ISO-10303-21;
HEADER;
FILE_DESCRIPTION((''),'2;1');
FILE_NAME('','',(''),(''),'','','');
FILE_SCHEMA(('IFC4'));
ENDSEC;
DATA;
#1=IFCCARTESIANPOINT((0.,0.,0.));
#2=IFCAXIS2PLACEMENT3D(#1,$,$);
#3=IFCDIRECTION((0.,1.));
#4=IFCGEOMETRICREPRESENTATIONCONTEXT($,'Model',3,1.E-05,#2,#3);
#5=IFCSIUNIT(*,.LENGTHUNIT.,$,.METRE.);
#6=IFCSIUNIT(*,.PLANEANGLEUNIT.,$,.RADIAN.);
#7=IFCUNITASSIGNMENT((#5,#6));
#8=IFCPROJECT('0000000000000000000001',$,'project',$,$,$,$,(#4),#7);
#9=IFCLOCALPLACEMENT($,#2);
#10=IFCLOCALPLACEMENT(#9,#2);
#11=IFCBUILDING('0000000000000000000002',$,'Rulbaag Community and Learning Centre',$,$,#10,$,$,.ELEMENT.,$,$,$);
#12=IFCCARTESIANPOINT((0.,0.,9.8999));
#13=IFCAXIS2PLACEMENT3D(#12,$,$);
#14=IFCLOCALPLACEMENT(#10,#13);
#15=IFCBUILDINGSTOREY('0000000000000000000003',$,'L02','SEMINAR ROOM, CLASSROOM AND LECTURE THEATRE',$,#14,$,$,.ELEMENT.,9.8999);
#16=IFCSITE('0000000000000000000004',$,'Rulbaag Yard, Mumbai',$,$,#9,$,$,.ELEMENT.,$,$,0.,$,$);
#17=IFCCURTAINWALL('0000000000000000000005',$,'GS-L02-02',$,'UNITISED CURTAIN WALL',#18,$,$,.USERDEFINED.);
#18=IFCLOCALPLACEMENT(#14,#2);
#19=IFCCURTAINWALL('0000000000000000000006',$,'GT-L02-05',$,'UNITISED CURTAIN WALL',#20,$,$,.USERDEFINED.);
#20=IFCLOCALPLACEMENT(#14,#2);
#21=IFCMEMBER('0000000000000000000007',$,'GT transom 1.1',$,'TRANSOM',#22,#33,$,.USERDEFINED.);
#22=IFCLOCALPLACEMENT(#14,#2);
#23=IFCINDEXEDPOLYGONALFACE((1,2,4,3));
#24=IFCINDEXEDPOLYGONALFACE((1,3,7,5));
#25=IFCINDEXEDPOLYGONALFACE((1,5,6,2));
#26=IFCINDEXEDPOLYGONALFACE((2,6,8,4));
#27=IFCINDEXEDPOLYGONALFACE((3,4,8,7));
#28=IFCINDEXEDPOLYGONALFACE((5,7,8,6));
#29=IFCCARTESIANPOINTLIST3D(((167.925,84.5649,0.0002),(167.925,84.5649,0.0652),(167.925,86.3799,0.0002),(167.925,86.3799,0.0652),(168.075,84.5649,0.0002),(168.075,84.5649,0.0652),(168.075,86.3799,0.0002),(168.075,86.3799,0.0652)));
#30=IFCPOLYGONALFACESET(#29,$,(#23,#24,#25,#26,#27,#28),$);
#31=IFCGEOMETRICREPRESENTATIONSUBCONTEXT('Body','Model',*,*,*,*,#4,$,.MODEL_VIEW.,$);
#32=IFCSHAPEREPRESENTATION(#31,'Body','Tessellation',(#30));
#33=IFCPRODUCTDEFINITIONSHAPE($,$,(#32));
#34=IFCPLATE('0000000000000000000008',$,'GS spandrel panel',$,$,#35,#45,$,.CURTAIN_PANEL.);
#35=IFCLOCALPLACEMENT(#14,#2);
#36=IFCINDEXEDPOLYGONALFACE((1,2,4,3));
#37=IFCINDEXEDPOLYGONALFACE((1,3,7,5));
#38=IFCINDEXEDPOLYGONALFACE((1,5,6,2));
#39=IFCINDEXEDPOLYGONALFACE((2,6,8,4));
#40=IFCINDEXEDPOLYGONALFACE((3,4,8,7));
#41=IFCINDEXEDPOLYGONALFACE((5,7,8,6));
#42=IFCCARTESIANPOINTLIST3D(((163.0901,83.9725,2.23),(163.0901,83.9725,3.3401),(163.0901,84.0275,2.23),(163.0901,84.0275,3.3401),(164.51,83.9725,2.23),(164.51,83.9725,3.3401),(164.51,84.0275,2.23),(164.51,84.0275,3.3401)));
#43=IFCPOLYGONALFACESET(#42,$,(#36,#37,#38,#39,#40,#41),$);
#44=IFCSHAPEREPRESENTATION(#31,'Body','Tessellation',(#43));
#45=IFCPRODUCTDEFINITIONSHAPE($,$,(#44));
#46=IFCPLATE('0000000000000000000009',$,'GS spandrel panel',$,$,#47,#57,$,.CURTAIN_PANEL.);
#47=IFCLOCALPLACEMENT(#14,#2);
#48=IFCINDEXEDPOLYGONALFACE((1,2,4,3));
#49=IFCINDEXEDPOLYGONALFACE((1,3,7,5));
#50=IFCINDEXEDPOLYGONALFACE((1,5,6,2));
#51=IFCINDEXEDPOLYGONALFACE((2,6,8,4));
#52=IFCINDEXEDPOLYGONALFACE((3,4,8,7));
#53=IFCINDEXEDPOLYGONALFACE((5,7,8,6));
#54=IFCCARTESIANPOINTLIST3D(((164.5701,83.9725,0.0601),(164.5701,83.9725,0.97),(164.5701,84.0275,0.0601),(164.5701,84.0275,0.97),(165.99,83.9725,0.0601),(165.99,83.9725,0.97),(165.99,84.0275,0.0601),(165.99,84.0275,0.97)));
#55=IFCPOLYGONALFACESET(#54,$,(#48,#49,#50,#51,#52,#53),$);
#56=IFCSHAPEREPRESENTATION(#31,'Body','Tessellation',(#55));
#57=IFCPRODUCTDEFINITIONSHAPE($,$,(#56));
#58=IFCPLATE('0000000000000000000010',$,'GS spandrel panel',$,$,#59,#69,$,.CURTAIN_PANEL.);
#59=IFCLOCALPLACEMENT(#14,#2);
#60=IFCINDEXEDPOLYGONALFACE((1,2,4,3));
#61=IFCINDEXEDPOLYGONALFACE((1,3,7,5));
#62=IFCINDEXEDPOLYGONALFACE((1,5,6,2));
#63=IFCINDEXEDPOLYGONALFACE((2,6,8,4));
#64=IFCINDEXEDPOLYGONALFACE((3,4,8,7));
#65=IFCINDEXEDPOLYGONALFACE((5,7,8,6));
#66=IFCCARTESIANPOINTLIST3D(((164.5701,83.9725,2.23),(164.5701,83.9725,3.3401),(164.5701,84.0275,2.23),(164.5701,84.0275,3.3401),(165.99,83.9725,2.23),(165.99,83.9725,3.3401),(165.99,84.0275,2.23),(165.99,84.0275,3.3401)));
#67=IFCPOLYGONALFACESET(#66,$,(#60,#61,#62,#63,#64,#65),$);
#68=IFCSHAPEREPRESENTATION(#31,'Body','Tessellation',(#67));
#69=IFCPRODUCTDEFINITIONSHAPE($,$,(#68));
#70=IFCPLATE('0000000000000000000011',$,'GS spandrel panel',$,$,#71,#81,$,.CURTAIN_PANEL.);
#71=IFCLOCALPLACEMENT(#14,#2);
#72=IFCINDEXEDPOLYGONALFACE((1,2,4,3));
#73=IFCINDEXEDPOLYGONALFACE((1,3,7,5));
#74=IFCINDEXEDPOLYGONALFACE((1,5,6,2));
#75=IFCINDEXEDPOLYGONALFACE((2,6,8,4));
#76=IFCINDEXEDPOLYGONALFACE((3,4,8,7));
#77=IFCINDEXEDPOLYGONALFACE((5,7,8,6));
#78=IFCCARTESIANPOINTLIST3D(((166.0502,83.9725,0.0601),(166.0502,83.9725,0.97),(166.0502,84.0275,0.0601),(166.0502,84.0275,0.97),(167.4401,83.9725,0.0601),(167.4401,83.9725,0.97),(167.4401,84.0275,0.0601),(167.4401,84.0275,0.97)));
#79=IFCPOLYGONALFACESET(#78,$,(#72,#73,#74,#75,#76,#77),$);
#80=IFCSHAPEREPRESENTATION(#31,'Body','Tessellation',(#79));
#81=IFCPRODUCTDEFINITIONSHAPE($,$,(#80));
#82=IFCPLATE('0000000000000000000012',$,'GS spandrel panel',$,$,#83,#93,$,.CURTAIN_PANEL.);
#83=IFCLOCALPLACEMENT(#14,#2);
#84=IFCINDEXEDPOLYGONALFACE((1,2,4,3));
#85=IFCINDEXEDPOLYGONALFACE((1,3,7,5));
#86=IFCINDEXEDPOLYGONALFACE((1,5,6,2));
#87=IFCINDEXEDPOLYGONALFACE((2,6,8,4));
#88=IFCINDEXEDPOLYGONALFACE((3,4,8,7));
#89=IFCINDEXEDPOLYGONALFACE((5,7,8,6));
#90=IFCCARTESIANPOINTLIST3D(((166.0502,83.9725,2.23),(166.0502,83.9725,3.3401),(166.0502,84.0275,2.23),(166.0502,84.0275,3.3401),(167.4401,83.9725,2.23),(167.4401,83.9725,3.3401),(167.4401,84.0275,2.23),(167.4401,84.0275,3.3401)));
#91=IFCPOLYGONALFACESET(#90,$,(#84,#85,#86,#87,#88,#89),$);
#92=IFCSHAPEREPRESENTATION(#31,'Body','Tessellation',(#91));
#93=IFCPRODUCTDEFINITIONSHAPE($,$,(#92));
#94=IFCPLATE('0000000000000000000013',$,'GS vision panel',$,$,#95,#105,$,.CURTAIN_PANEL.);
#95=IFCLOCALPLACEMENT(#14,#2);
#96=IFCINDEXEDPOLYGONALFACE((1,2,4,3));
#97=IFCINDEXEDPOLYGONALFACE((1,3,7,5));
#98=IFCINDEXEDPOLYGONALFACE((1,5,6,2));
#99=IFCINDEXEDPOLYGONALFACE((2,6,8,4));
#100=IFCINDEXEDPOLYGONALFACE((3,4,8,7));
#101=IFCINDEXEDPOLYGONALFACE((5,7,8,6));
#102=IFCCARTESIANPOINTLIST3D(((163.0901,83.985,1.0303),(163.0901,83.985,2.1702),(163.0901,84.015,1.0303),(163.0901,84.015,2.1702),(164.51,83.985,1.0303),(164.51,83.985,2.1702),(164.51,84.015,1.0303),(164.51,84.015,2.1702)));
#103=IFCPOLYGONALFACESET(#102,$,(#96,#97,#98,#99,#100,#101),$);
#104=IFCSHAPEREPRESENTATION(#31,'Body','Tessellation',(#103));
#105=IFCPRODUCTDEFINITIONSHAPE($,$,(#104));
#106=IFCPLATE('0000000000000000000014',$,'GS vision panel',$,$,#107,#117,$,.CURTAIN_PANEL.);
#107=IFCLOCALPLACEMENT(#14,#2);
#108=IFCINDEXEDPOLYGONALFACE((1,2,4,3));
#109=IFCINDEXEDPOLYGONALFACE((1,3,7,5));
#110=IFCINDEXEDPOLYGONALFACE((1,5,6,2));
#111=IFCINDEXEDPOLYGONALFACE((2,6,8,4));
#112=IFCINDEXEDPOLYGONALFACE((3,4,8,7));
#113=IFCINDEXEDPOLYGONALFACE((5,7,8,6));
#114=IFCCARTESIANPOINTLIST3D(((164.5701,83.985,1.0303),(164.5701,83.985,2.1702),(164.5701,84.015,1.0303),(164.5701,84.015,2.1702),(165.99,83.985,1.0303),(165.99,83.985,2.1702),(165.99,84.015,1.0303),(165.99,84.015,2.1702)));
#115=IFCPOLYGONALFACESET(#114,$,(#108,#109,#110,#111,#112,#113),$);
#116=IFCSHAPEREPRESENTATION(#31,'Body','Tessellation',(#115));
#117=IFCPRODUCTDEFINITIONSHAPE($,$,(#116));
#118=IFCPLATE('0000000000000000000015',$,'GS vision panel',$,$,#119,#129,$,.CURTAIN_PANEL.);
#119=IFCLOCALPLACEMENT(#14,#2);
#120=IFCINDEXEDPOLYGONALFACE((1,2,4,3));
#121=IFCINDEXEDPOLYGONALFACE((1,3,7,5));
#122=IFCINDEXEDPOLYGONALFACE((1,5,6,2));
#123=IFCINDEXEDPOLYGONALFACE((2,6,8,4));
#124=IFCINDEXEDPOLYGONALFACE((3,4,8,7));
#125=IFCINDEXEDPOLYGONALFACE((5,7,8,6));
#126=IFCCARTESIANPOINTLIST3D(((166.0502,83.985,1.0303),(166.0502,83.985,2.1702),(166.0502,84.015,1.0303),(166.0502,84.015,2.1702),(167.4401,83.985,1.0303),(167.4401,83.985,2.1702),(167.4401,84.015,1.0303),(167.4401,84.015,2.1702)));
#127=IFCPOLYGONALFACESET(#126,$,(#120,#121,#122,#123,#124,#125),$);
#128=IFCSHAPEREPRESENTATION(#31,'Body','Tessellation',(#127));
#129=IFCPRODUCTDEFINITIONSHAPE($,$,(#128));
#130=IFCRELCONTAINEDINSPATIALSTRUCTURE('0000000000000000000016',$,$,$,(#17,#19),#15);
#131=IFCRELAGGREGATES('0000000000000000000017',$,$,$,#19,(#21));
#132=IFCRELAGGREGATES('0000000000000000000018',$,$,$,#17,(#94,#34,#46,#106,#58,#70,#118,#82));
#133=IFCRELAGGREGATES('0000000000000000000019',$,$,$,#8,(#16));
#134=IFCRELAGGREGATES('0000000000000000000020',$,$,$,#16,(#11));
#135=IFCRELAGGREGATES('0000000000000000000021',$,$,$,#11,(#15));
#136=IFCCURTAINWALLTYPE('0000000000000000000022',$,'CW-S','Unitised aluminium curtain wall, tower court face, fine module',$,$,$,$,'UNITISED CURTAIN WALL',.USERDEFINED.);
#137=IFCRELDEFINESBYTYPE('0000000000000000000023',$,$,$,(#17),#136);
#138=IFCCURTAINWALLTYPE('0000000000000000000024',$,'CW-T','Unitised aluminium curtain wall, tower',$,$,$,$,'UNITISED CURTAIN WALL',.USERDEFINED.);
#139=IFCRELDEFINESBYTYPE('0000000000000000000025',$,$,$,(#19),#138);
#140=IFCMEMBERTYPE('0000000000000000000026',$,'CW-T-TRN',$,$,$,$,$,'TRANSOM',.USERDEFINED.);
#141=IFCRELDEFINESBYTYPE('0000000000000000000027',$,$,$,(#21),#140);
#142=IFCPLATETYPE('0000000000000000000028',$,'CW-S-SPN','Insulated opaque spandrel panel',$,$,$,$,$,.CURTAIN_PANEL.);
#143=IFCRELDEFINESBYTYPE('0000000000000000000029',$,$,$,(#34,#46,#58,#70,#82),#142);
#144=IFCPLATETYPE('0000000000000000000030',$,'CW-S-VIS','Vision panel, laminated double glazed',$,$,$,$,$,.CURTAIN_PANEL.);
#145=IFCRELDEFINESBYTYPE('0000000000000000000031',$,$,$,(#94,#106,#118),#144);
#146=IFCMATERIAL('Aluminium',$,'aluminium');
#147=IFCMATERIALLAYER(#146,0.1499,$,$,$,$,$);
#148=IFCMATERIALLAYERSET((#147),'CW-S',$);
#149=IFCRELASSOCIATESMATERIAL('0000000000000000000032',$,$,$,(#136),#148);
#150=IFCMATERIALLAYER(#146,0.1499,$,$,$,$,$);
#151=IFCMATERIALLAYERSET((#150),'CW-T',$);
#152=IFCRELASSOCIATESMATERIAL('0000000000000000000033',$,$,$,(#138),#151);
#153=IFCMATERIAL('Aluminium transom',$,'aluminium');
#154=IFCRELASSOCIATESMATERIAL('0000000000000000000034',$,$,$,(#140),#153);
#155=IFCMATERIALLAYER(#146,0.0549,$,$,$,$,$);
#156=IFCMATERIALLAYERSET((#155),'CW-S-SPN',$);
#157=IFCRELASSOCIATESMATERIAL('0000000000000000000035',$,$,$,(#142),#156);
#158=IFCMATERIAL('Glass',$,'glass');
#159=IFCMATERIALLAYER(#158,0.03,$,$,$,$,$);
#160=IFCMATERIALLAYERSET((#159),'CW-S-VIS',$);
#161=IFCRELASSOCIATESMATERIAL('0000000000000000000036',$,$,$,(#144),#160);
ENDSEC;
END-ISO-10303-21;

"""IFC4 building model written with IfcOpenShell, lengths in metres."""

from ifc_helpers import new_model, si_unit, direction, frame, origin, origin_2d, place, context, subcontext, project, spatial, rectangle, extrude, material, layer, layer_set, material_profile, profile_set, type_object, element, aggregate, save


model = new_model("IFC4")

# Units and contexts
model_context = context("Model", 3, precision=1e-05, world=origin(), true_north=direction((0.0, 1.0)))
body_context = subcontext(model_context, "Body", "Model", "MODEL_VIEW")
ifc_project = project(units=[si_unit("LENGTHUNIT", "METRE"), si_unit("PLANEANGLEUNIT", "RADIAN")], contexts=[model_context])

# Site, building, storey
site_placement = place(None, origin())
site = spatial("IfcSite", under=ifc_project, at=site_placement, Name="Rulbaag Yard, Mumbai", CompositionType="ELEMENT", RefElevation=0.0)
building_placement = place(site_placement, origin())
building = spatial("IfcBuilding", under=site, at=building_placement, Name="Rulbaag Community and Learning Centre", CompositionType="ELEMENT")
storey_placement = place(building_placement, frame((0.0, 0.0, 9.8999)))
storey = spatial("IfcBuildingStorey", under=building, at=storey_placement, Name="L02", Description="SEMINAR ROOM, CLASSROOM AND LECTURE THEATRE", CompositionType="ELEMENT", Elevation=9.8999)

# Curtain walls, member
ifc_material_1 = material(Name="Aluminium", Category="aluminium")
ifc_layer_1 = layer(ifc_material_1, 0.1499)
ifc_layer_set_1 = layer_set([ifc_layer_1], Name="CW-S")
curtain_wall_type_1 = type_object("IfcCurtainWallType", Name="CW-S", Description="Unitised aluminium curtain wall, tower court face, fine module", ElementType="UNITISED CURTAIN WALL", PredefinedType="USERDEFINED", material=ifc_layer_set_1)
curtain_wall_1_placement = place(storey_placement, origin())
curtain_wall_1 = element("IfcCurtainWall", 1, at=curtain_wall_1_placement, inside=storey, type_object=curtain_wall_type_1, Name="GS-L02-02", ObjectType="UNITISED CURTAIN WALL", PredefinedType="USERDEFINED")
ifc_material_2 = material(Name="Aluminium transom", Category="aluminium")
ifc_layer_2 = layer(ifc_material_1, 0.1499)
ifc_layer_set_2 = layer_set([ifc_layer_2], Name="CW-T")
curtain_wall_type_2 = type_object("IfcCurtainWallType", Name="CW-T", Description="Unitised aluminium curtain wall, tower", ElementType="UNITISED CURTAIN WALL", PredefinedType="USERDEFINED", material=ifc_layer_set_2)
curtain_wall_2_placement = place(storey_placement, origin())
curtain_wall_2 = element("IfcCurtainWall", 2, at=curtain_wall_2_placement, inside=storey, type_object=curtain_wall_type_2, Name="GT-L02-05", ObjectType="UNITISED CURTAIN WALL", PredefinedType="USERDEFINED")
ifc_material_profile_1 = material_profile(ifc_material_2, rectangle(XDim=0.1499, YDim=0.0649, at=origin_2d()), Name="AL 65x150 T")
ifc_profile_set_1 = profile_set([ifc_material_profile_1], Name="Aluminium transom")
member_type_1 = type_object("IfcMemberType", Name="CW-T-TRN", ElementType="TRANSOM", PredefinedType="USERDEFINED", material=ifc_profile_set_1)
member_1_placement = place(storey_placement, frame((168.0, 84.5649, 0.0327), z_axis=(0.0, 1.0, 0.0), x_axis=(-1.0, 0.0, 0.0)))
member_1 = element("IfcMember", 3, at=member_1_placement, type_object=member_type_1, Name="GT transom 1.1", ObjectType="TRANSOM", PredefinedType="USERDEFINED", context=body_context, shape_type="SweptSolid", body=[
    extrude(rectangle(XDim=0.1499, YDim=0.0649, at=origin_2d()), origin(), (0.0, 0.0, 1.0), 1.8149),
])
aggregate(curtain_wall_2, [member_1])

# Plates
ifc_layer_3 = layer(ifc_material_1, 0.0549)
ifc_layer_set_3 = layer_set([ifc_layer_3], Name="CW-S-SPN")
plate_type_1 = type_object("IfcPlateType", Name="CW-S-SPN", Description="Insulated opaque spandrel panel", PredefinedType="CURTAIN_PANEL", material=ifc_layer_set_3)
plate_1_placement = place(storey_placement, frame((163.8, 84.0, 2.23), z_axis=(0.0, 0.0, 1.0), x_axis=(1.0, 0.0, 0.0)))
plate_1 = element("IfcPlate", 4, at=plate_1_placement, type_object=plate_type_1, Name="GS spandrel panel", PredefinedType="CURTAIN_PANEL", context=body_context, shape_type="SweptSolid", body=[
    extrude(rectangle(XDim=1.4199, YDim=0.0549, at=origin_2d()), origin(), (0.0, 0.0, 1.0), 1.1101),
])
plate_2_placement = place(storey_placement, frame((165.28, 84.0, 0.0601), z_axis=(0.0, 0.0, 1.0), x_axis=(1.0, 0.0, 0.0)))
plate_2 = element("IfcPlate", 5, at=plate_2_placement, type_object=plate_type_1, Name="GS spandrel panel", PredefinedType="CURTAIN_PANEL", context=body_context, shape_type="SweptSolid", body=[
    extrude(rectangle(XDim=1.4199, YDim=0.0549, at=origin_2d()), origin(), (0.0, 0.0, 1.0), 0.9099),
])
plate_3_placement = place(storey_placement, frame((165.28, 84.0, 2.23), z_axis=(0.0, 0.0, 1.0), x_axis=(1.0, 0.0, 0.0)))
plate_3 = element("IfcPlate", 6, at=plate_3_placement, type_object=plate_type_1, Name="GS spandrel panel", PredefinedType="CURTAIN_PANEL", context=body_context, shape_type="SweptSolid", body=[
    extrude(rectangle(XDim=1.4199, YDim=0.0549, at=origin_2d()), origin(), (0.0, 0.0, 1.0), 1.1101),
])
plate_4_placement = place(storey_placement, frame((166.7451, 84.0, 0.0601), z_axis=(0.0, 0.0, 1.0), x_axis=(1.0, 0.0, 0.0)))
plate_4 = element("IfcPlate", 7, at=plate_4_placement, type_object=plate_type_1, Name="GS spandrel panel", PredefinedType="CURTAIN_PANEL", context=body_context, shape_type="SweptSolid", body=[
    extrude(rectangle(XDim=1.3899, YDim=0.0549, at=origin_2d()), origin(), (0.0, 0.0, 1.0), 0.9099),
])
plate_5_placement = place(storey_placement, frame((166.7451, 84.0, 2.23), z_axis=(0.0, 0.0, 1.0), x_axis=(1.0, 0.0, 0.0)))
plate_5 = element("IfcPlate", 8, at=plate_5_placement, type_object=plate_type_1, Name="GS spandrel panel", PredefinedType="CURTAIN_PANEL", context=body_context, shape_type="SweptSolid", body=[
    extrude(rectangle(XDim=1.3899, YDim=0.0549, at=origin_2d()), origin(), (0.0, 0.0, 1.0), 1.1101),
])
ifc_material_3 = material(Name="Glass", Category="glass")
ifc_layer_4 = layer(ifc_material_3, 0.03)
ifc_layer_set_4 = layer_set([ifc_layer_4], Name="CW-S-VIS")
plate_type_2 = type_object("IfcPlateType", Name="CW-S-VIS", Description="Vision panel, laminated double glazed", PredefinedType="CURTAIN_PANEL", material=ifc_layer_set_4)
plate_6_placement = place(storey_placement, frame((163.8, 84.0, 1.0303), z_axis=(0.0, 0.0, 1.0), x_axis=(1.0, 0.0, 0.0)))
plate_6 = element("IfcPlate", 9, at=plate_6_placement, type_object=plate_type_2, Name="GS vision panel", PredefinedType="CURTAIN_PANEL", context=body_context, shape_type="SweptSolid", body=[
    extrude(rectangle(XDim=1.4199, YDim=0.03, at=origin_2d()), origin(), (0.0, 0.0, 1.0), 1.1399),
])
plate_7_placement = place(storey_placement, frame((165.28, 84.0, 1.0303), z_axis=(0.0, 0.0, 1.0), x_axis=(1.0, 0.0, 0.0)))
plate_7 = element("IfcPlate", 10, at=plate_7_placement, type_object=plate_type_2, Name="GS vision panel", PredefinedType="CURTAIN_PANEL", context=body_context, shape_type="SweptSolid", body=[
    extrude(rectangle(XDim=1.4199, YDim=0.03, at=origin_2d()), origin(), (0.0, 0.0, 1.0), 1.1399),
])
plate_8_placement = place(storey_placement, frame((166.7451, 84.0, 1.0303), z_axis=(0.0, 0.0, 1.0), x_axis=(1.0, 0.0, 0.0)))
plate_8 = element("IfcPlate", 11, at=plate_8_placement, type_object=plate_type_2, Name="GS vision panel", PredefinedType="CURTAIN_PANEL", context=body_context, shape_type="SweptSolid", body=[
    extrude(rectangle(XDim=1.3899, YDim=0.03, at=origin_2d()), origin(), (0.0, 0.0, 1.0), 1.1399),
])
aggregate(curtain_wall_1, [plate_6, plate_1, plate_2, plate_7, plate_3, plate_4, plate_8, plate_5])

save(model, "model.ifc")
